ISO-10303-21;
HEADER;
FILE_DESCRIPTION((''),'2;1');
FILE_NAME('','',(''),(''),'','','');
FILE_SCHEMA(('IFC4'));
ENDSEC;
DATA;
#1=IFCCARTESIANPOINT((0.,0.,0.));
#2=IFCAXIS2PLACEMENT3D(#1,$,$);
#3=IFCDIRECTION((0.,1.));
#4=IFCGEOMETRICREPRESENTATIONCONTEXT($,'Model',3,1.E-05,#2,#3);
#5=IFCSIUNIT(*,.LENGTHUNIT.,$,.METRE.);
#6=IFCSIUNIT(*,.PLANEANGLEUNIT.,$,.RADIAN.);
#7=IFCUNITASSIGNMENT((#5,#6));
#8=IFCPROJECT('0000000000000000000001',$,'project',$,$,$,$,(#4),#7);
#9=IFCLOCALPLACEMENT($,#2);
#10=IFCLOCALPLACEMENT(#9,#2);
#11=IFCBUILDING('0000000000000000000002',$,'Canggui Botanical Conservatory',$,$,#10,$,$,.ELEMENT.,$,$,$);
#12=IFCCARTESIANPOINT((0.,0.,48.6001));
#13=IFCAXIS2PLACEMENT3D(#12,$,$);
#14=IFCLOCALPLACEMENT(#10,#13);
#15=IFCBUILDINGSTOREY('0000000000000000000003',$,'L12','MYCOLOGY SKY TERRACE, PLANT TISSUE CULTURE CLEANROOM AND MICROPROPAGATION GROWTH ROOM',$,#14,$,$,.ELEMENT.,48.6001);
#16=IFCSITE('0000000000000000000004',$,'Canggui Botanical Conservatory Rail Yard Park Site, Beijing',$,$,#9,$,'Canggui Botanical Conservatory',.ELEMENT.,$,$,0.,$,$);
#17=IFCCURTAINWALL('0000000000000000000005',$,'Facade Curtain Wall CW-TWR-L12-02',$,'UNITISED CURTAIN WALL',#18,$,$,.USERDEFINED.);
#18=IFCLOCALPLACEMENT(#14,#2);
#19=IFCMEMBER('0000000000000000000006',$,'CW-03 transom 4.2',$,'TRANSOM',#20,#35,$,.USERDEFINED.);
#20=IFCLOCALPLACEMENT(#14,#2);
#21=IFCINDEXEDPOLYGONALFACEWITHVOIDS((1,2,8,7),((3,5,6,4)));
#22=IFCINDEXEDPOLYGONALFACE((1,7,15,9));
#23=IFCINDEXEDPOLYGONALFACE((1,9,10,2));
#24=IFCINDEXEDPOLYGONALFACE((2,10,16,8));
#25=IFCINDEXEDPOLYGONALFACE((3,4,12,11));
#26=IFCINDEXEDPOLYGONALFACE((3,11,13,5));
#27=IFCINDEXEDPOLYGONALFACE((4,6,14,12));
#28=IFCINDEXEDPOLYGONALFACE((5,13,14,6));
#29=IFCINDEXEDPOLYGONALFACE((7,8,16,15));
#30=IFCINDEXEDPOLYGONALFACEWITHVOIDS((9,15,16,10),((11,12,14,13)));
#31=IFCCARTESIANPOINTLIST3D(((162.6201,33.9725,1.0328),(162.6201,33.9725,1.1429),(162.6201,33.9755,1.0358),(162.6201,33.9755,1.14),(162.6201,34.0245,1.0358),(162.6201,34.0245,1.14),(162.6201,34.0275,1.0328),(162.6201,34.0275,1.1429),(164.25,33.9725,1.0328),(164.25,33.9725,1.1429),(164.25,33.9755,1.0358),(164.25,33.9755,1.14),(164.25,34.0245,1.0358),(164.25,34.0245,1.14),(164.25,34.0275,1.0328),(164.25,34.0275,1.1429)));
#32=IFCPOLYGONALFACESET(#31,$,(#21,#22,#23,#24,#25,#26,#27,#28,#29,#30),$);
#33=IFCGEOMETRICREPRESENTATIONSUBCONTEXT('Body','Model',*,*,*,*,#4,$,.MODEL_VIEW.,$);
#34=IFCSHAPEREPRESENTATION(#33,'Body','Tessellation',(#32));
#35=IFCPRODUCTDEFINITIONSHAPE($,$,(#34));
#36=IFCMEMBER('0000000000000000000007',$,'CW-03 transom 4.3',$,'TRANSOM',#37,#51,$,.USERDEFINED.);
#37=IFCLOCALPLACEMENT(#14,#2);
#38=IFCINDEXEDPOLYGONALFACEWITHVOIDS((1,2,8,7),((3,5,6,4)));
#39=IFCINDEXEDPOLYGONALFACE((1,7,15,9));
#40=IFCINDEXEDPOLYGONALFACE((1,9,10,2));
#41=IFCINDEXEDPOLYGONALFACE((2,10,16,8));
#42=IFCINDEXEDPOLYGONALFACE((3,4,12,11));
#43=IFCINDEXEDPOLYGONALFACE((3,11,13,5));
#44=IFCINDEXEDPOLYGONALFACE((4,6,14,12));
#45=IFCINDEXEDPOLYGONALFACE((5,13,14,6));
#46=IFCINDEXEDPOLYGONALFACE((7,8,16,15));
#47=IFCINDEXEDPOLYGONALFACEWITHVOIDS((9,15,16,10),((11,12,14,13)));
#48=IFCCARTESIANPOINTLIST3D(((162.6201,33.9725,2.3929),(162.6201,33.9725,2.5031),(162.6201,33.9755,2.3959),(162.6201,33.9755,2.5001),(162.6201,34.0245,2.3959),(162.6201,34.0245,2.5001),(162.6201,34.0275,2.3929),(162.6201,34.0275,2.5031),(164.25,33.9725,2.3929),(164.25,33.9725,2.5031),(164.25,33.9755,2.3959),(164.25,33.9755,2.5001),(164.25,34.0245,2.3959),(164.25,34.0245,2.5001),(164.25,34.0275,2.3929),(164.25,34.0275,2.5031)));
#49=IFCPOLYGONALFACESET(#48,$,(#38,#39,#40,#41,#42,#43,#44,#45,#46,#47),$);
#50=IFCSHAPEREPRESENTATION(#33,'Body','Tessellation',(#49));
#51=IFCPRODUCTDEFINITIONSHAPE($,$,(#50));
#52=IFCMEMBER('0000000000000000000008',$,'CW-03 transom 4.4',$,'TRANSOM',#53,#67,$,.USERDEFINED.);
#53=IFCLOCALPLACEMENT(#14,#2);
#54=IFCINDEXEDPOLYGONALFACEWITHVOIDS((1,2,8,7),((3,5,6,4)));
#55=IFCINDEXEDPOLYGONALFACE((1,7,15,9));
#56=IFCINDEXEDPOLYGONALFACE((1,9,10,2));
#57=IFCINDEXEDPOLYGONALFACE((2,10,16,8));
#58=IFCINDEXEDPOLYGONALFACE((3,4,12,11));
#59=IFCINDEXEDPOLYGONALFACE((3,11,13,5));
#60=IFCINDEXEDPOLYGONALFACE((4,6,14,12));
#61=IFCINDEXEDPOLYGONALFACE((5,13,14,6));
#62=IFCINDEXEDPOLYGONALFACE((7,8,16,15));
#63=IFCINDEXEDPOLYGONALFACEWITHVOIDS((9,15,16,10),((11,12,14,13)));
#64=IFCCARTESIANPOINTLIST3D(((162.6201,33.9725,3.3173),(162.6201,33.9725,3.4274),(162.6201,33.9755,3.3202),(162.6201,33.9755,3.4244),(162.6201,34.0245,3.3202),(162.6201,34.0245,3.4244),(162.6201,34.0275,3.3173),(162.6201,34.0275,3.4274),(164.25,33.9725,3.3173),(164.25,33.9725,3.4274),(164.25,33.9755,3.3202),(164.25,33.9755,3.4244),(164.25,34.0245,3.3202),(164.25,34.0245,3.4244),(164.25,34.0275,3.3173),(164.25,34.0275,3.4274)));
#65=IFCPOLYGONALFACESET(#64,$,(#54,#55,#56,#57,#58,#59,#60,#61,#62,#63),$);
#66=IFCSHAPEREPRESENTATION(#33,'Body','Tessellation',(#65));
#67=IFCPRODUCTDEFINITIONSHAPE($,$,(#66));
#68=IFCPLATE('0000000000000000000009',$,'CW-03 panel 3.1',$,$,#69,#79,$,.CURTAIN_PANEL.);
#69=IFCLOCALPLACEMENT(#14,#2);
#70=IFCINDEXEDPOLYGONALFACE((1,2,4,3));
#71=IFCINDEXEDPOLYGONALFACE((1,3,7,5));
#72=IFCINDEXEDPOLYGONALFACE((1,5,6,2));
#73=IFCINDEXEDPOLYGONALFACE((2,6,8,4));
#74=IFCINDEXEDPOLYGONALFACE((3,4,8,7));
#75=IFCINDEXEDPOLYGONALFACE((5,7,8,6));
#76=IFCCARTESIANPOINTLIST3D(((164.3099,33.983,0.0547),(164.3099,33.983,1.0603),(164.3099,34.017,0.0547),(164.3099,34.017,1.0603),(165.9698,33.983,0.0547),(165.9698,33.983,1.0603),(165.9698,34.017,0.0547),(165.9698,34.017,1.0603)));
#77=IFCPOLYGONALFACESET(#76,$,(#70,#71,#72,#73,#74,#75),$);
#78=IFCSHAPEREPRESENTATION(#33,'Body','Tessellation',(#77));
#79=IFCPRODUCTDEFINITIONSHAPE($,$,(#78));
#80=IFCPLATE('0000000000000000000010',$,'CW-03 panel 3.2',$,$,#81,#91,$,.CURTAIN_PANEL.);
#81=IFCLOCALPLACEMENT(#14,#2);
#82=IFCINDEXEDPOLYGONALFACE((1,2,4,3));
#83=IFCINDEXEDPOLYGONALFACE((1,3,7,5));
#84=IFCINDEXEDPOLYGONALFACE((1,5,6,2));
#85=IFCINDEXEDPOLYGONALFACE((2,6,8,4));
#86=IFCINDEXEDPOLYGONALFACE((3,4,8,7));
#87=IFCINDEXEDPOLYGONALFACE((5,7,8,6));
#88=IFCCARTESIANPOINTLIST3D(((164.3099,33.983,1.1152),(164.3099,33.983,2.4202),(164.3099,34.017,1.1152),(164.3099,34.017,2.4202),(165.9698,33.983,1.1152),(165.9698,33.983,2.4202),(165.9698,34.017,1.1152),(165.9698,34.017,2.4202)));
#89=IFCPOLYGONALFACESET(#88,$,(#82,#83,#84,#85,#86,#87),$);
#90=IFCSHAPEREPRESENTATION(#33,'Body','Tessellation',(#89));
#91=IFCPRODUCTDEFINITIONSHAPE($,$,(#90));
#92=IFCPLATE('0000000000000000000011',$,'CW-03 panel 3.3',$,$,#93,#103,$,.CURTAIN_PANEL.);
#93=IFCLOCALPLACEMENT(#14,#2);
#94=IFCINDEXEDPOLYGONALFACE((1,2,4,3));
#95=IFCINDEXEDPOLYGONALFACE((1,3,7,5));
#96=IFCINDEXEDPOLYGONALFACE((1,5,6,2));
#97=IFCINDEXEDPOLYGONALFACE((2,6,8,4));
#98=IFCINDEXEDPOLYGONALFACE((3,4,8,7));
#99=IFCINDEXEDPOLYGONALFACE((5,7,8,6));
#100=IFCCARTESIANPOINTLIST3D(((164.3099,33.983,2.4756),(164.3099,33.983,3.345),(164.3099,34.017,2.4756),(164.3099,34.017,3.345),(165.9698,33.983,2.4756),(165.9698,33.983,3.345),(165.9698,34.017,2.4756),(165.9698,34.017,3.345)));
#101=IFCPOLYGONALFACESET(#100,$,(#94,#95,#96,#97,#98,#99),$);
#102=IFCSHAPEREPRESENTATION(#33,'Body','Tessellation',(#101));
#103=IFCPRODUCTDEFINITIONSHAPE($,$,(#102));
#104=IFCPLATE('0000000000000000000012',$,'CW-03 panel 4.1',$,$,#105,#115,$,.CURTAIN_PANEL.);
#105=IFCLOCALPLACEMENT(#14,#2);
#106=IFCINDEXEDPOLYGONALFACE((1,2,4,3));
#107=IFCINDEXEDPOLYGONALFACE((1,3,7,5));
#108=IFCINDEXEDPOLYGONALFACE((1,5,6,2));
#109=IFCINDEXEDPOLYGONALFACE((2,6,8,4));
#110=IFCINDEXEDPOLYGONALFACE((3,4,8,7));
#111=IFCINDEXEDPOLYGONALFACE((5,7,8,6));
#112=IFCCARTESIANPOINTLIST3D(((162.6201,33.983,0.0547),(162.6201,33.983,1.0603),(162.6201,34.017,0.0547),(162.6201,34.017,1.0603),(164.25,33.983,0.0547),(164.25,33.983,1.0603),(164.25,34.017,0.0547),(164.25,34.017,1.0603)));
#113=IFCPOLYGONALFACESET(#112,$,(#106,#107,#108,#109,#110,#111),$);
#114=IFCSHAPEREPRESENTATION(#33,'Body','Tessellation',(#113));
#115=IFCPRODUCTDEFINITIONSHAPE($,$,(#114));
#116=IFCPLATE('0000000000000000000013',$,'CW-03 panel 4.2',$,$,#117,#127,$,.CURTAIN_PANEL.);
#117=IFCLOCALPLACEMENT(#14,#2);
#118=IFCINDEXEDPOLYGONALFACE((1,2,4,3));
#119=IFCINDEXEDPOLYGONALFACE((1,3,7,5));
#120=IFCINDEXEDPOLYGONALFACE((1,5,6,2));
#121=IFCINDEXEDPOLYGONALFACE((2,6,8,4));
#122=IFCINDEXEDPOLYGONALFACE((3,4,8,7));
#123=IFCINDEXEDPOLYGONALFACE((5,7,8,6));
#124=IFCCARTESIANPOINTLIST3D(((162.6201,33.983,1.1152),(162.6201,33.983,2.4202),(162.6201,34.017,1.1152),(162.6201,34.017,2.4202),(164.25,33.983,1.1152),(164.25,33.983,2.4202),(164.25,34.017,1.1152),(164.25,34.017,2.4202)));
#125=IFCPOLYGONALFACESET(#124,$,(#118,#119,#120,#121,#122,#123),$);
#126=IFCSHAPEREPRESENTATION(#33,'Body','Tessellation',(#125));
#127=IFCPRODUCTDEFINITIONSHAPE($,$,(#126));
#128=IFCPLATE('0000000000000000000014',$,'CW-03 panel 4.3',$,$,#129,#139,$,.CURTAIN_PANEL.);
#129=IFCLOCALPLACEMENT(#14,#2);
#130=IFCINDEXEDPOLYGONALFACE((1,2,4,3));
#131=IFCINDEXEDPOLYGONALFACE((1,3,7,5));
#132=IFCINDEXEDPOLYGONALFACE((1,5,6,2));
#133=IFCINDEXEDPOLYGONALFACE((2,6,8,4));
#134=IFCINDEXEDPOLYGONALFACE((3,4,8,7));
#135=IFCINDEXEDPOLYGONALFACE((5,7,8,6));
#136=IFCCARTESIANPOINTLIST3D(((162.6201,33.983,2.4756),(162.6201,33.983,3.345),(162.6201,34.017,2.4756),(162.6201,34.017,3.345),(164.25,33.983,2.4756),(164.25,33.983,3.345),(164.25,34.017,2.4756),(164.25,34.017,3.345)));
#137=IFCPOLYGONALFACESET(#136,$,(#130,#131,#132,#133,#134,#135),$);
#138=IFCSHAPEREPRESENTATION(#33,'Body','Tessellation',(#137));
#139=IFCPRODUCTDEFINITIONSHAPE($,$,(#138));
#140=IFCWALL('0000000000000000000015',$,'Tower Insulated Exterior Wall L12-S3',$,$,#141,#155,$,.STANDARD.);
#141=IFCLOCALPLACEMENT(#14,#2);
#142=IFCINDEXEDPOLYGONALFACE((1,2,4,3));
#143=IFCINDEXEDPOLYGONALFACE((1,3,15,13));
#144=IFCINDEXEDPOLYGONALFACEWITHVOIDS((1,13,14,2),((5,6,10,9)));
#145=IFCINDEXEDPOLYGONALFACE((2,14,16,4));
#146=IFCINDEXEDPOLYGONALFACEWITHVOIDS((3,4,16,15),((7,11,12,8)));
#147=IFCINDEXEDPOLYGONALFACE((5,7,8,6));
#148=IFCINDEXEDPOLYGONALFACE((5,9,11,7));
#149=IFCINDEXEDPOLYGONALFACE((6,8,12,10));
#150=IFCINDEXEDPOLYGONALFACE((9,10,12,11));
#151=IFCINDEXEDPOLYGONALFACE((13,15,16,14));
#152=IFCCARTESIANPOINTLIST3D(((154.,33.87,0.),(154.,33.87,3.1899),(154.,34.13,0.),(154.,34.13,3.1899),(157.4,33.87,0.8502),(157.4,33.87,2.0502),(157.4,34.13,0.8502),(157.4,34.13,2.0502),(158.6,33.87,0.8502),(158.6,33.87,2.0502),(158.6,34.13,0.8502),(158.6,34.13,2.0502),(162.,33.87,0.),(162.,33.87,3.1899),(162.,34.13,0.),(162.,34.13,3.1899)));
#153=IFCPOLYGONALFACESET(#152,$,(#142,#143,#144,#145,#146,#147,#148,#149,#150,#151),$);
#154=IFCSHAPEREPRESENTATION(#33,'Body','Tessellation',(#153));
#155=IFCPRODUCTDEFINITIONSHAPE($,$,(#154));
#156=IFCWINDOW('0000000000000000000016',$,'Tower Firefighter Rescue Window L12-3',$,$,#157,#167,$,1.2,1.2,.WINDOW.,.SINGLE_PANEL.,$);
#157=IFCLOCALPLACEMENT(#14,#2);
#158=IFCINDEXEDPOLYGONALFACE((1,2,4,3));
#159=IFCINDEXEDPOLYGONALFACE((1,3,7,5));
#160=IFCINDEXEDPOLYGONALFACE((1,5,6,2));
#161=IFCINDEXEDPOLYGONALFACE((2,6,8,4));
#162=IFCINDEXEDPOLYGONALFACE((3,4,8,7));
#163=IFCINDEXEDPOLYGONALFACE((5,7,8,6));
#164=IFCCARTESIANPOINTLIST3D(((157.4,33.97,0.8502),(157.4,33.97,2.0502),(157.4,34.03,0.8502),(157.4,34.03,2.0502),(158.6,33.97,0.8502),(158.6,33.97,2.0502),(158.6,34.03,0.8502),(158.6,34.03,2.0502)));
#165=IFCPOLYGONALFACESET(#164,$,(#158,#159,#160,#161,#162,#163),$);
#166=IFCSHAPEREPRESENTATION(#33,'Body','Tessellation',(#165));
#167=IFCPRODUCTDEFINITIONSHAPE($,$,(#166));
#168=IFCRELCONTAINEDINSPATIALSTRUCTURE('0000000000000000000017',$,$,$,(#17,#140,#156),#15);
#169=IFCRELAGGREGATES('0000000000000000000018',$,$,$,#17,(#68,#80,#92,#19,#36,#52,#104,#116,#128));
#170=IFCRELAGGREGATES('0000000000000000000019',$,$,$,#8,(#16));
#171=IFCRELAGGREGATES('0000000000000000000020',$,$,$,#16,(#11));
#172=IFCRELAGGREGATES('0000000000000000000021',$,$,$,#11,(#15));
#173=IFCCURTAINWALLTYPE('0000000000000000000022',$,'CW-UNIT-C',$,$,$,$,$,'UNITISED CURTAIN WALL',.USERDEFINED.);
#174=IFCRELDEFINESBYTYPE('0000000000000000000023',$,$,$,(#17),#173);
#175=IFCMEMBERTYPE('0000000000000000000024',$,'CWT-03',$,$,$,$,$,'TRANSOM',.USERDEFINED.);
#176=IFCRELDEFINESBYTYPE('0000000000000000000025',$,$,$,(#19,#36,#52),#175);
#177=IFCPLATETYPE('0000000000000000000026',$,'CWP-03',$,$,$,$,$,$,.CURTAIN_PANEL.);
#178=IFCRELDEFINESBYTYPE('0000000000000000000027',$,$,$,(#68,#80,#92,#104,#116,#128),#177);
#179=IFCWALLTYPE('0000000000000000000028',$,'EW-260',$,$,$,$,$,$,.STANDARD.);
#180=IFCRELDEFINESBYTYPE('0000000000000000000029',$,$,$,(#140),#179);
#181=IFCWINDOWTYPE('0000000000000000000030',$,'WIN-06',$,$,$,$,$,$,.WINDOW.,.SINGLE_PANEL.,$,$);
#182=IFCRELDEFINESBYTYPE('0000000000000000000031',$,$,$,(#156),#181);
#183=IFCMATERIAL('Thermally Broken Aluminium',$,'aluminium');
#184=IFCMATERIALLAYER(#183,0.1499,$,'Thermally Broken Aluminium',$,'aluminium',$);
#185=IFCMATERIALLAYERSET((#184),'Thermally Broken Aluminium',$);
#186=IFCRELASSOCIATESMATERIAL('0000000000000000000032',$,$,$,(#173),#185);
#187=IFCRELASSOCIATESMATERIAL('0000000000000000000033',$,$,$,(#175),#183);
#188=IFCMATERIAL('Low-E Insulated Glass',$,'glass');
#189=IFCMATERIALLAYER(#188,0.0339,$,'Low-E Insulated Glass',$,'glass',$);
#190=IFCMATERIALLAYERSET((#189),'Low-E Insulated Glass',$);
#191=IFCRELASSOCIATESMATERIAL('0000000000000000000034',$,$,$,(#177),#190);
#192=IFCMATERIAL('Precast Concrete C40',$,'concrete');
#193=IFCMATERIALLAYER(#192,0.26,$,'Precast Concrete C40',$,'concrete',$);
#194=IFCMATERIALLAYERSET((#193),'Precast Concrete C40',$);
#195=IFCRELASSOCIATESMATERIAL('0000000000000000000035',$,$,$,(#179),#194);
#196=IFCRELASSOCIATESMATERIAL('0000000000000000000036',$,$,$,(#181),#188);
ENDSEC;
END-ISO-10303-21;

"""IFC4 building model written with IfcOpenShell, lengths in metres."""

from ifc_helpers import new_model, si_unit, direction, frame, frame_2d, origin, origin_2d, place, context, subcontext, project, spatial, rectangle, hollow_rectangle, extrude, material, layer, layer_set, material_profile, profile_set, type_object, element, fill, aggregate, save


model = new_model("IFC4")

# Units and contexts
model_context = context("Model", 3, precision=1e-05, world=origin(), true_north=direction((0.0, 1.0)))
body_context = subcontext(model_context, "Body", "Model", "MODEL_VIEW")
ifc_project = project(units=[si_unit("LENGTHUNIT", "METRE"), si_unit("PLANEANGLEUNIT", "RADIAN")], contexts=[model_context])

# Site, building, storey
site_placement = place(None, origin())
site = spatial("IfcSite", under=ifc_project, at=site_placement, Name="Canggui Botanical Conservatory Rail Yard Park Site, Beijing", LongName="Canggui Botanical Conservatory", CompositionType="ELEMENT", RefElevation=0.0)
building_placement = place(site_placement, origin())
building = spatial("IfcBuilding", under=site, at=building_placement, Name="Canggui Botanical Conservatory", CompositionType="ELEMENT")
storey_placement = place(building_placement, frame((0.0, 0.0, 48.6001)))
storey = spatial("IfcBuildingStorey", under=building, at=storey_placement, Name="L12", Description="MYCOLOGY SKY TERRACE, PLANT TISSUE CULTURE CLEANROOM AND MICROPROPAGATION GROWTH ROOM", CompositionType="ELEMENT", Elevation=48.6001)

# Curtain wall, members, plates
ifc_material_1 = material(Name="Thermally Broken Aluminium", Category="aluminium")
ifc_layer_1 = layer(ifc_material_1, 0.1499, Name="Thermally Broken Aluminium", Category="aluminium")
ifc_layer_set_1 = layer_set([ifc_layer_1], Name="Thermally Broken Aluminium")
curtain_wall_type = type_object("IfcCurtainWallType", Name="CW-UNIT-C", ElementType="UNITISED CURTAIN WALL", PredefinedType="USERDEFINED", material=ifc_layer_set_1)
curtain_wall_placement = place(storey_placement, origin())
curtain_wall = element("IfcCurtainWall", 1, at=curtain_wall_placement, inside=storey, type_object=curtain_wall_type, Name="Facade Curtain Wall CW-TWR-L12-02", ObjectType="UNITISED CURTAIN WALL", PredefinedType="USERDEFINED")
ifc_material_profile_1 = material_profile(ifc_material_1, hollow_rectangle(XDim=0.0549, YDim=0.1101, WallThickness=0.0029, at=origin_2d()), Name="CWT 55x110x3")
ifc_profile_set_1 = profile_set([ifc_material_profile_1], Name="Thermally Broken Aluminium")
member_type_1 = type_object("IfcMemberType", Name="CWT-03", ElementType="TRANSOM", PredefinedType="USERDEFINED", material=ifc_profile_set_1)
member_1_placement = place(storey_placement, frame((164.25, 34.0, 1.0879), z_axis=(-1.0, 0.0, 0.0), x_axis=(0.0, -1.0, 0.0)))
member_1 = element("IfcMember", 2, at=member_1_placement, type_object=member_type_1, Name="CW-03 transom 4.2", ObjectType="TRANSOM", PredefinedType="USERDEFINED", context=body_context, shape_type="SweptSolid", body=[
    extrude(hollow_rectangle(XDim=0.0549, YDim=0.1101, WallThickness=0.0029, at=origin_2d()), origin(), (0.0, 0.0, 1.0), 1.6299),
])
member_2_placement = place(storey_placement, frame((164.25, 34.0, 2.448), z_axis=(-1.0, 0.0, 0.0), x_axis=(0.0, -1.0, 0.0)))
member_2 = element("IfcMember", 3, at=member_2_placement, type_object=member_type_1, Name="CW-03 transom 4.3", ObjectType="TRANSOM", PredefinedType="USERDEFINED", context=body_context, shape_type="SweptSolid", body=[
    extrude(hollow_rectangle(XDim=0.0549, YDim=0.1101, WallThickness=0.0029, at=origin_2d()), origin(), (0.0, 0.0, 1.0), 1.6299),
])
member_3_placement = place(storey_placement, frame((164.25, 34.0, 3.3723), z_axis=(-1.0, 0.0, 0.0), x_axis=(0.0, -1.0, 0.0)))
member_3 = element("IfcMember", 4, at=member_3_placement, type_object=member_type_1, Name="CW-03 transom 4.4", ObjectType="TRANSOM", PredefinedType="USERDEFINED", context=body_context, shape_type="SweptSolid", body=[
    extrude(hollow_rectangle(XDim=0.0549, YDim=0.1101, WallThickness=0.0029, at=origin_2d()), origin(), (0.0, 0.0, 1.0), 1.6299),
])
ifc_material_2 = material(Name="Low-E Insulated Glass", Category="glass")
ifc_layer_2 = layer(ifc_material_2, 0.0339, Name="Low-E Insulated Glass", Category="glass")
ifc_layer_set_2 = layer_set([ifc_layer_2], Name="Low-E Insulated Glass")
plate_type = type_object("IfcPlateType", Name="CWP-03", PredefinedType="CURTAIN_PANEL", material=ifc_layer_set_2)
plate_1_placement = place(storey_placement, frame((165.1399, 34.0, 0.0547), z_axis=(0.0, 0.0, 1.0), x_axis=(-1.0, 0.0, 0.0)))
plate_1 = element("IfcPlate", 5, at=plate_1_placement, type_object=plate_type, Name="CW-03 panel 3.1", PredefinedType="CURTAIN_PANEL", context=body_context, shape_type="SweptSolid", body=[
    extrude(rectangle(XDim=1.6599, YDim=0.0339, at=origin_2d()), origin(), (0.0, 0.0, 1.0), 1.0056),
])
plate_2_placement = place(storey_placement, frame((165.1399, 34.0, 1.1152), z_axis=(0.0, 0.0, 1.0), x_axis=(-1.0, 0.0, 0.0)))
plate_2 = element("IfcPlate", 6, at=plate_2_placement, type_object=plate_type, Name="CW-03 panel 3.2", PredefinedType="CURTAIN_PANEL", context=body_context, shape_type="SweptSolid", body=[
    extrude(rectangle(XDim=1.6599, YDim=0.0339, at=origin_2d()), origin(), (0.0, 0.0, 1.0), 1.3049),
])
plate_3_placement = place(storey_placement, frame((165.1399, 34.0, 2.4756), z_axis=(0.0, 0.0, 1.0), x_axis=(-1.0, 0.0, 0.0)))
plate_3 = element("IfcPlate", 7, at=plate_3_placement, type_object=plate_type, Name="CW-03 panel 3.3", PredefinedType="CURTAIN_PANEL", context=body_context, shape_type="SweptSolid", body=[
    extrude(rectangle(XDim=1.6599, YDim=0.0339, at=origin_2d()), origin(), (0.0, 0.0, 1.0), 0.8694),
])
plate_4_placement = place(storey_placement, frame((163.4351, 34.0, 0.0547), z_axis=(0.0, 0.0, 1.0), x_axis=(-1.0, 0.0, 0.0)))
plate_4 = element("IfcPlate", 8, at=plate_4_placement, type_object=plate_type, Name="CW-03 panel 4.1", PredefinedType="CURTAIN_PANEL", context=body_context, shape_type="SweptSolid", body=[
    extrude(rectangle(XDim=1.6299, YDim=0.0339, at=origin_2d()), origin(), (0.0, 0.0, 1.0), 1.0056),
])
plate_5_placement = place(storey_placement, frame((163.4351, 34.0, 1.1152), z_axis=(0.0, 0.0, 1.0), x_axis=(-1.0, 0.0, 0.0)))
plate_5 = element("IfcPlate", 9, at=plate_5_placement, type_object=plate_type, Name="CW-03 panel 4.2", PredefinedType="CURTAIN_PANEL", context=body_context, shape_type="SweptSolid", body=[
    extrude(rectangle(XDim=1.6299, YDim=0.0339, at=origin_2d()), origin(), (0.0, 0.0, 1.0), 1.3049),
])
plate_6_placement = place(storey_placement, frame((163.4351, 34.0, 2.4756), z_axis=(0.0, 0.0, 1.0), x_axis=(-1.0, 0.0, 0.0)))
plate_6 = element("IfcPlate", 10, at=plate_6_placement, type_object=plate_type, Name="CW-03 panel 4.3", PredefinedType="CURTAIN_PANEL", context=body_context, shape_type="SweptSolid", body=[
    extrude(rectangle(XDim=1.6299, YDim=0.0339, at=origin_2d()), origin(), (0.0, 0.0, 1.0), 0.8694),
])
aggregate(curtain_wall, [plate_1, plate_2, plate_3, member_1, member_2, member_3, plate_4, plate_5, plate_6])

# Wall, opening, window
ifc_material_3 = material(Name="Precast Concrete C40", Category="concrete")
ifc_layer_3 = layer(ifc_material_3, 0.26, Name="Precast Concrete C40", Category="concrete")
ifc_layer_set_3 = layer_set([ifc_layer_3], Name="Precast Concrete C40")
wall_type_1 = type_object("IfcWallType", Name="EW-260", PredefinedType="STANDARD", material=ifc_layer_set_3)
wall_1_placement = place(storey_placement, frame((162.0, 34.0, 0.0), z_axis=(0.0, 0.0, 1.0), x_axis=(-1.0, 0.0, 0.0)))
wall_1 = element("IfcWall", 11, at=wall_1_placement, inside=storey, type_object=wall_type_1, Name="Tower Insulated Exterior Wall L12-S3", PredefinedType="STANDARD", context=body_context, shape_type="SweptSolid", body=[
    extrude(rectangle(XDim=8.0, YDim=0.26, at=frame_2d((4.0, 0.0))), origin(), (0.0, 0.0, 1.0), 3.1899),
])
opening_1_placement = place(wall_1_placement, frame((3.3999, 0.0, 0.8501)))
opening_1 = element("IfcOpeningElement", 12, at=opening_1_placement, cuts=wall_1, PredefinedType="OPENING", context=body_context, shape_type="SweptSolid", body=[
    extrude(rectangle(XDim=1.2, YDim=1.2, at=frame_2d((0.6001, 0.6001))), frame((0.0, 0.1401, 0.0), z_axis=(0.0, -1.0, 0.0), x_axis=(1.0, 0.0, 0.0)), (0.0, 0.0, 1.0), 0.28),
])
window_type = type_object("IfcWindowType", Name="WIN-06", PartitioningType="SINGLE_PANEL", PredefinedType="WINDOW", material=ifc_material_2)
window_placement = place(opening_1_placement, origin())
window = element("IfcWindow", 13, at=window_placement, inside=storey, type_object=window_type, Name="Tower Firefighter Rescue Window L12-3", OverallHeight=1.2, OverallWidth=1.2, PartitioningType="SINGLE_PANEL", PredefinedType="WINDOW", context=body_context, shape_type="SweptSolid", body=[
    extrude(rectangle(XDim=1.2, YDim=1.2, at=frame_2d((0.6001, 0.6001))), frame((0.0, 0.03, 0.0), z_axis=(0.0, -1.0, 0.0), x_axis=(1.0, 0.0, 0.0)), (0.0, 0.0, 1.0), 0.0601),
])
fill(opening_1, window)

save(model, "model.ifc")
